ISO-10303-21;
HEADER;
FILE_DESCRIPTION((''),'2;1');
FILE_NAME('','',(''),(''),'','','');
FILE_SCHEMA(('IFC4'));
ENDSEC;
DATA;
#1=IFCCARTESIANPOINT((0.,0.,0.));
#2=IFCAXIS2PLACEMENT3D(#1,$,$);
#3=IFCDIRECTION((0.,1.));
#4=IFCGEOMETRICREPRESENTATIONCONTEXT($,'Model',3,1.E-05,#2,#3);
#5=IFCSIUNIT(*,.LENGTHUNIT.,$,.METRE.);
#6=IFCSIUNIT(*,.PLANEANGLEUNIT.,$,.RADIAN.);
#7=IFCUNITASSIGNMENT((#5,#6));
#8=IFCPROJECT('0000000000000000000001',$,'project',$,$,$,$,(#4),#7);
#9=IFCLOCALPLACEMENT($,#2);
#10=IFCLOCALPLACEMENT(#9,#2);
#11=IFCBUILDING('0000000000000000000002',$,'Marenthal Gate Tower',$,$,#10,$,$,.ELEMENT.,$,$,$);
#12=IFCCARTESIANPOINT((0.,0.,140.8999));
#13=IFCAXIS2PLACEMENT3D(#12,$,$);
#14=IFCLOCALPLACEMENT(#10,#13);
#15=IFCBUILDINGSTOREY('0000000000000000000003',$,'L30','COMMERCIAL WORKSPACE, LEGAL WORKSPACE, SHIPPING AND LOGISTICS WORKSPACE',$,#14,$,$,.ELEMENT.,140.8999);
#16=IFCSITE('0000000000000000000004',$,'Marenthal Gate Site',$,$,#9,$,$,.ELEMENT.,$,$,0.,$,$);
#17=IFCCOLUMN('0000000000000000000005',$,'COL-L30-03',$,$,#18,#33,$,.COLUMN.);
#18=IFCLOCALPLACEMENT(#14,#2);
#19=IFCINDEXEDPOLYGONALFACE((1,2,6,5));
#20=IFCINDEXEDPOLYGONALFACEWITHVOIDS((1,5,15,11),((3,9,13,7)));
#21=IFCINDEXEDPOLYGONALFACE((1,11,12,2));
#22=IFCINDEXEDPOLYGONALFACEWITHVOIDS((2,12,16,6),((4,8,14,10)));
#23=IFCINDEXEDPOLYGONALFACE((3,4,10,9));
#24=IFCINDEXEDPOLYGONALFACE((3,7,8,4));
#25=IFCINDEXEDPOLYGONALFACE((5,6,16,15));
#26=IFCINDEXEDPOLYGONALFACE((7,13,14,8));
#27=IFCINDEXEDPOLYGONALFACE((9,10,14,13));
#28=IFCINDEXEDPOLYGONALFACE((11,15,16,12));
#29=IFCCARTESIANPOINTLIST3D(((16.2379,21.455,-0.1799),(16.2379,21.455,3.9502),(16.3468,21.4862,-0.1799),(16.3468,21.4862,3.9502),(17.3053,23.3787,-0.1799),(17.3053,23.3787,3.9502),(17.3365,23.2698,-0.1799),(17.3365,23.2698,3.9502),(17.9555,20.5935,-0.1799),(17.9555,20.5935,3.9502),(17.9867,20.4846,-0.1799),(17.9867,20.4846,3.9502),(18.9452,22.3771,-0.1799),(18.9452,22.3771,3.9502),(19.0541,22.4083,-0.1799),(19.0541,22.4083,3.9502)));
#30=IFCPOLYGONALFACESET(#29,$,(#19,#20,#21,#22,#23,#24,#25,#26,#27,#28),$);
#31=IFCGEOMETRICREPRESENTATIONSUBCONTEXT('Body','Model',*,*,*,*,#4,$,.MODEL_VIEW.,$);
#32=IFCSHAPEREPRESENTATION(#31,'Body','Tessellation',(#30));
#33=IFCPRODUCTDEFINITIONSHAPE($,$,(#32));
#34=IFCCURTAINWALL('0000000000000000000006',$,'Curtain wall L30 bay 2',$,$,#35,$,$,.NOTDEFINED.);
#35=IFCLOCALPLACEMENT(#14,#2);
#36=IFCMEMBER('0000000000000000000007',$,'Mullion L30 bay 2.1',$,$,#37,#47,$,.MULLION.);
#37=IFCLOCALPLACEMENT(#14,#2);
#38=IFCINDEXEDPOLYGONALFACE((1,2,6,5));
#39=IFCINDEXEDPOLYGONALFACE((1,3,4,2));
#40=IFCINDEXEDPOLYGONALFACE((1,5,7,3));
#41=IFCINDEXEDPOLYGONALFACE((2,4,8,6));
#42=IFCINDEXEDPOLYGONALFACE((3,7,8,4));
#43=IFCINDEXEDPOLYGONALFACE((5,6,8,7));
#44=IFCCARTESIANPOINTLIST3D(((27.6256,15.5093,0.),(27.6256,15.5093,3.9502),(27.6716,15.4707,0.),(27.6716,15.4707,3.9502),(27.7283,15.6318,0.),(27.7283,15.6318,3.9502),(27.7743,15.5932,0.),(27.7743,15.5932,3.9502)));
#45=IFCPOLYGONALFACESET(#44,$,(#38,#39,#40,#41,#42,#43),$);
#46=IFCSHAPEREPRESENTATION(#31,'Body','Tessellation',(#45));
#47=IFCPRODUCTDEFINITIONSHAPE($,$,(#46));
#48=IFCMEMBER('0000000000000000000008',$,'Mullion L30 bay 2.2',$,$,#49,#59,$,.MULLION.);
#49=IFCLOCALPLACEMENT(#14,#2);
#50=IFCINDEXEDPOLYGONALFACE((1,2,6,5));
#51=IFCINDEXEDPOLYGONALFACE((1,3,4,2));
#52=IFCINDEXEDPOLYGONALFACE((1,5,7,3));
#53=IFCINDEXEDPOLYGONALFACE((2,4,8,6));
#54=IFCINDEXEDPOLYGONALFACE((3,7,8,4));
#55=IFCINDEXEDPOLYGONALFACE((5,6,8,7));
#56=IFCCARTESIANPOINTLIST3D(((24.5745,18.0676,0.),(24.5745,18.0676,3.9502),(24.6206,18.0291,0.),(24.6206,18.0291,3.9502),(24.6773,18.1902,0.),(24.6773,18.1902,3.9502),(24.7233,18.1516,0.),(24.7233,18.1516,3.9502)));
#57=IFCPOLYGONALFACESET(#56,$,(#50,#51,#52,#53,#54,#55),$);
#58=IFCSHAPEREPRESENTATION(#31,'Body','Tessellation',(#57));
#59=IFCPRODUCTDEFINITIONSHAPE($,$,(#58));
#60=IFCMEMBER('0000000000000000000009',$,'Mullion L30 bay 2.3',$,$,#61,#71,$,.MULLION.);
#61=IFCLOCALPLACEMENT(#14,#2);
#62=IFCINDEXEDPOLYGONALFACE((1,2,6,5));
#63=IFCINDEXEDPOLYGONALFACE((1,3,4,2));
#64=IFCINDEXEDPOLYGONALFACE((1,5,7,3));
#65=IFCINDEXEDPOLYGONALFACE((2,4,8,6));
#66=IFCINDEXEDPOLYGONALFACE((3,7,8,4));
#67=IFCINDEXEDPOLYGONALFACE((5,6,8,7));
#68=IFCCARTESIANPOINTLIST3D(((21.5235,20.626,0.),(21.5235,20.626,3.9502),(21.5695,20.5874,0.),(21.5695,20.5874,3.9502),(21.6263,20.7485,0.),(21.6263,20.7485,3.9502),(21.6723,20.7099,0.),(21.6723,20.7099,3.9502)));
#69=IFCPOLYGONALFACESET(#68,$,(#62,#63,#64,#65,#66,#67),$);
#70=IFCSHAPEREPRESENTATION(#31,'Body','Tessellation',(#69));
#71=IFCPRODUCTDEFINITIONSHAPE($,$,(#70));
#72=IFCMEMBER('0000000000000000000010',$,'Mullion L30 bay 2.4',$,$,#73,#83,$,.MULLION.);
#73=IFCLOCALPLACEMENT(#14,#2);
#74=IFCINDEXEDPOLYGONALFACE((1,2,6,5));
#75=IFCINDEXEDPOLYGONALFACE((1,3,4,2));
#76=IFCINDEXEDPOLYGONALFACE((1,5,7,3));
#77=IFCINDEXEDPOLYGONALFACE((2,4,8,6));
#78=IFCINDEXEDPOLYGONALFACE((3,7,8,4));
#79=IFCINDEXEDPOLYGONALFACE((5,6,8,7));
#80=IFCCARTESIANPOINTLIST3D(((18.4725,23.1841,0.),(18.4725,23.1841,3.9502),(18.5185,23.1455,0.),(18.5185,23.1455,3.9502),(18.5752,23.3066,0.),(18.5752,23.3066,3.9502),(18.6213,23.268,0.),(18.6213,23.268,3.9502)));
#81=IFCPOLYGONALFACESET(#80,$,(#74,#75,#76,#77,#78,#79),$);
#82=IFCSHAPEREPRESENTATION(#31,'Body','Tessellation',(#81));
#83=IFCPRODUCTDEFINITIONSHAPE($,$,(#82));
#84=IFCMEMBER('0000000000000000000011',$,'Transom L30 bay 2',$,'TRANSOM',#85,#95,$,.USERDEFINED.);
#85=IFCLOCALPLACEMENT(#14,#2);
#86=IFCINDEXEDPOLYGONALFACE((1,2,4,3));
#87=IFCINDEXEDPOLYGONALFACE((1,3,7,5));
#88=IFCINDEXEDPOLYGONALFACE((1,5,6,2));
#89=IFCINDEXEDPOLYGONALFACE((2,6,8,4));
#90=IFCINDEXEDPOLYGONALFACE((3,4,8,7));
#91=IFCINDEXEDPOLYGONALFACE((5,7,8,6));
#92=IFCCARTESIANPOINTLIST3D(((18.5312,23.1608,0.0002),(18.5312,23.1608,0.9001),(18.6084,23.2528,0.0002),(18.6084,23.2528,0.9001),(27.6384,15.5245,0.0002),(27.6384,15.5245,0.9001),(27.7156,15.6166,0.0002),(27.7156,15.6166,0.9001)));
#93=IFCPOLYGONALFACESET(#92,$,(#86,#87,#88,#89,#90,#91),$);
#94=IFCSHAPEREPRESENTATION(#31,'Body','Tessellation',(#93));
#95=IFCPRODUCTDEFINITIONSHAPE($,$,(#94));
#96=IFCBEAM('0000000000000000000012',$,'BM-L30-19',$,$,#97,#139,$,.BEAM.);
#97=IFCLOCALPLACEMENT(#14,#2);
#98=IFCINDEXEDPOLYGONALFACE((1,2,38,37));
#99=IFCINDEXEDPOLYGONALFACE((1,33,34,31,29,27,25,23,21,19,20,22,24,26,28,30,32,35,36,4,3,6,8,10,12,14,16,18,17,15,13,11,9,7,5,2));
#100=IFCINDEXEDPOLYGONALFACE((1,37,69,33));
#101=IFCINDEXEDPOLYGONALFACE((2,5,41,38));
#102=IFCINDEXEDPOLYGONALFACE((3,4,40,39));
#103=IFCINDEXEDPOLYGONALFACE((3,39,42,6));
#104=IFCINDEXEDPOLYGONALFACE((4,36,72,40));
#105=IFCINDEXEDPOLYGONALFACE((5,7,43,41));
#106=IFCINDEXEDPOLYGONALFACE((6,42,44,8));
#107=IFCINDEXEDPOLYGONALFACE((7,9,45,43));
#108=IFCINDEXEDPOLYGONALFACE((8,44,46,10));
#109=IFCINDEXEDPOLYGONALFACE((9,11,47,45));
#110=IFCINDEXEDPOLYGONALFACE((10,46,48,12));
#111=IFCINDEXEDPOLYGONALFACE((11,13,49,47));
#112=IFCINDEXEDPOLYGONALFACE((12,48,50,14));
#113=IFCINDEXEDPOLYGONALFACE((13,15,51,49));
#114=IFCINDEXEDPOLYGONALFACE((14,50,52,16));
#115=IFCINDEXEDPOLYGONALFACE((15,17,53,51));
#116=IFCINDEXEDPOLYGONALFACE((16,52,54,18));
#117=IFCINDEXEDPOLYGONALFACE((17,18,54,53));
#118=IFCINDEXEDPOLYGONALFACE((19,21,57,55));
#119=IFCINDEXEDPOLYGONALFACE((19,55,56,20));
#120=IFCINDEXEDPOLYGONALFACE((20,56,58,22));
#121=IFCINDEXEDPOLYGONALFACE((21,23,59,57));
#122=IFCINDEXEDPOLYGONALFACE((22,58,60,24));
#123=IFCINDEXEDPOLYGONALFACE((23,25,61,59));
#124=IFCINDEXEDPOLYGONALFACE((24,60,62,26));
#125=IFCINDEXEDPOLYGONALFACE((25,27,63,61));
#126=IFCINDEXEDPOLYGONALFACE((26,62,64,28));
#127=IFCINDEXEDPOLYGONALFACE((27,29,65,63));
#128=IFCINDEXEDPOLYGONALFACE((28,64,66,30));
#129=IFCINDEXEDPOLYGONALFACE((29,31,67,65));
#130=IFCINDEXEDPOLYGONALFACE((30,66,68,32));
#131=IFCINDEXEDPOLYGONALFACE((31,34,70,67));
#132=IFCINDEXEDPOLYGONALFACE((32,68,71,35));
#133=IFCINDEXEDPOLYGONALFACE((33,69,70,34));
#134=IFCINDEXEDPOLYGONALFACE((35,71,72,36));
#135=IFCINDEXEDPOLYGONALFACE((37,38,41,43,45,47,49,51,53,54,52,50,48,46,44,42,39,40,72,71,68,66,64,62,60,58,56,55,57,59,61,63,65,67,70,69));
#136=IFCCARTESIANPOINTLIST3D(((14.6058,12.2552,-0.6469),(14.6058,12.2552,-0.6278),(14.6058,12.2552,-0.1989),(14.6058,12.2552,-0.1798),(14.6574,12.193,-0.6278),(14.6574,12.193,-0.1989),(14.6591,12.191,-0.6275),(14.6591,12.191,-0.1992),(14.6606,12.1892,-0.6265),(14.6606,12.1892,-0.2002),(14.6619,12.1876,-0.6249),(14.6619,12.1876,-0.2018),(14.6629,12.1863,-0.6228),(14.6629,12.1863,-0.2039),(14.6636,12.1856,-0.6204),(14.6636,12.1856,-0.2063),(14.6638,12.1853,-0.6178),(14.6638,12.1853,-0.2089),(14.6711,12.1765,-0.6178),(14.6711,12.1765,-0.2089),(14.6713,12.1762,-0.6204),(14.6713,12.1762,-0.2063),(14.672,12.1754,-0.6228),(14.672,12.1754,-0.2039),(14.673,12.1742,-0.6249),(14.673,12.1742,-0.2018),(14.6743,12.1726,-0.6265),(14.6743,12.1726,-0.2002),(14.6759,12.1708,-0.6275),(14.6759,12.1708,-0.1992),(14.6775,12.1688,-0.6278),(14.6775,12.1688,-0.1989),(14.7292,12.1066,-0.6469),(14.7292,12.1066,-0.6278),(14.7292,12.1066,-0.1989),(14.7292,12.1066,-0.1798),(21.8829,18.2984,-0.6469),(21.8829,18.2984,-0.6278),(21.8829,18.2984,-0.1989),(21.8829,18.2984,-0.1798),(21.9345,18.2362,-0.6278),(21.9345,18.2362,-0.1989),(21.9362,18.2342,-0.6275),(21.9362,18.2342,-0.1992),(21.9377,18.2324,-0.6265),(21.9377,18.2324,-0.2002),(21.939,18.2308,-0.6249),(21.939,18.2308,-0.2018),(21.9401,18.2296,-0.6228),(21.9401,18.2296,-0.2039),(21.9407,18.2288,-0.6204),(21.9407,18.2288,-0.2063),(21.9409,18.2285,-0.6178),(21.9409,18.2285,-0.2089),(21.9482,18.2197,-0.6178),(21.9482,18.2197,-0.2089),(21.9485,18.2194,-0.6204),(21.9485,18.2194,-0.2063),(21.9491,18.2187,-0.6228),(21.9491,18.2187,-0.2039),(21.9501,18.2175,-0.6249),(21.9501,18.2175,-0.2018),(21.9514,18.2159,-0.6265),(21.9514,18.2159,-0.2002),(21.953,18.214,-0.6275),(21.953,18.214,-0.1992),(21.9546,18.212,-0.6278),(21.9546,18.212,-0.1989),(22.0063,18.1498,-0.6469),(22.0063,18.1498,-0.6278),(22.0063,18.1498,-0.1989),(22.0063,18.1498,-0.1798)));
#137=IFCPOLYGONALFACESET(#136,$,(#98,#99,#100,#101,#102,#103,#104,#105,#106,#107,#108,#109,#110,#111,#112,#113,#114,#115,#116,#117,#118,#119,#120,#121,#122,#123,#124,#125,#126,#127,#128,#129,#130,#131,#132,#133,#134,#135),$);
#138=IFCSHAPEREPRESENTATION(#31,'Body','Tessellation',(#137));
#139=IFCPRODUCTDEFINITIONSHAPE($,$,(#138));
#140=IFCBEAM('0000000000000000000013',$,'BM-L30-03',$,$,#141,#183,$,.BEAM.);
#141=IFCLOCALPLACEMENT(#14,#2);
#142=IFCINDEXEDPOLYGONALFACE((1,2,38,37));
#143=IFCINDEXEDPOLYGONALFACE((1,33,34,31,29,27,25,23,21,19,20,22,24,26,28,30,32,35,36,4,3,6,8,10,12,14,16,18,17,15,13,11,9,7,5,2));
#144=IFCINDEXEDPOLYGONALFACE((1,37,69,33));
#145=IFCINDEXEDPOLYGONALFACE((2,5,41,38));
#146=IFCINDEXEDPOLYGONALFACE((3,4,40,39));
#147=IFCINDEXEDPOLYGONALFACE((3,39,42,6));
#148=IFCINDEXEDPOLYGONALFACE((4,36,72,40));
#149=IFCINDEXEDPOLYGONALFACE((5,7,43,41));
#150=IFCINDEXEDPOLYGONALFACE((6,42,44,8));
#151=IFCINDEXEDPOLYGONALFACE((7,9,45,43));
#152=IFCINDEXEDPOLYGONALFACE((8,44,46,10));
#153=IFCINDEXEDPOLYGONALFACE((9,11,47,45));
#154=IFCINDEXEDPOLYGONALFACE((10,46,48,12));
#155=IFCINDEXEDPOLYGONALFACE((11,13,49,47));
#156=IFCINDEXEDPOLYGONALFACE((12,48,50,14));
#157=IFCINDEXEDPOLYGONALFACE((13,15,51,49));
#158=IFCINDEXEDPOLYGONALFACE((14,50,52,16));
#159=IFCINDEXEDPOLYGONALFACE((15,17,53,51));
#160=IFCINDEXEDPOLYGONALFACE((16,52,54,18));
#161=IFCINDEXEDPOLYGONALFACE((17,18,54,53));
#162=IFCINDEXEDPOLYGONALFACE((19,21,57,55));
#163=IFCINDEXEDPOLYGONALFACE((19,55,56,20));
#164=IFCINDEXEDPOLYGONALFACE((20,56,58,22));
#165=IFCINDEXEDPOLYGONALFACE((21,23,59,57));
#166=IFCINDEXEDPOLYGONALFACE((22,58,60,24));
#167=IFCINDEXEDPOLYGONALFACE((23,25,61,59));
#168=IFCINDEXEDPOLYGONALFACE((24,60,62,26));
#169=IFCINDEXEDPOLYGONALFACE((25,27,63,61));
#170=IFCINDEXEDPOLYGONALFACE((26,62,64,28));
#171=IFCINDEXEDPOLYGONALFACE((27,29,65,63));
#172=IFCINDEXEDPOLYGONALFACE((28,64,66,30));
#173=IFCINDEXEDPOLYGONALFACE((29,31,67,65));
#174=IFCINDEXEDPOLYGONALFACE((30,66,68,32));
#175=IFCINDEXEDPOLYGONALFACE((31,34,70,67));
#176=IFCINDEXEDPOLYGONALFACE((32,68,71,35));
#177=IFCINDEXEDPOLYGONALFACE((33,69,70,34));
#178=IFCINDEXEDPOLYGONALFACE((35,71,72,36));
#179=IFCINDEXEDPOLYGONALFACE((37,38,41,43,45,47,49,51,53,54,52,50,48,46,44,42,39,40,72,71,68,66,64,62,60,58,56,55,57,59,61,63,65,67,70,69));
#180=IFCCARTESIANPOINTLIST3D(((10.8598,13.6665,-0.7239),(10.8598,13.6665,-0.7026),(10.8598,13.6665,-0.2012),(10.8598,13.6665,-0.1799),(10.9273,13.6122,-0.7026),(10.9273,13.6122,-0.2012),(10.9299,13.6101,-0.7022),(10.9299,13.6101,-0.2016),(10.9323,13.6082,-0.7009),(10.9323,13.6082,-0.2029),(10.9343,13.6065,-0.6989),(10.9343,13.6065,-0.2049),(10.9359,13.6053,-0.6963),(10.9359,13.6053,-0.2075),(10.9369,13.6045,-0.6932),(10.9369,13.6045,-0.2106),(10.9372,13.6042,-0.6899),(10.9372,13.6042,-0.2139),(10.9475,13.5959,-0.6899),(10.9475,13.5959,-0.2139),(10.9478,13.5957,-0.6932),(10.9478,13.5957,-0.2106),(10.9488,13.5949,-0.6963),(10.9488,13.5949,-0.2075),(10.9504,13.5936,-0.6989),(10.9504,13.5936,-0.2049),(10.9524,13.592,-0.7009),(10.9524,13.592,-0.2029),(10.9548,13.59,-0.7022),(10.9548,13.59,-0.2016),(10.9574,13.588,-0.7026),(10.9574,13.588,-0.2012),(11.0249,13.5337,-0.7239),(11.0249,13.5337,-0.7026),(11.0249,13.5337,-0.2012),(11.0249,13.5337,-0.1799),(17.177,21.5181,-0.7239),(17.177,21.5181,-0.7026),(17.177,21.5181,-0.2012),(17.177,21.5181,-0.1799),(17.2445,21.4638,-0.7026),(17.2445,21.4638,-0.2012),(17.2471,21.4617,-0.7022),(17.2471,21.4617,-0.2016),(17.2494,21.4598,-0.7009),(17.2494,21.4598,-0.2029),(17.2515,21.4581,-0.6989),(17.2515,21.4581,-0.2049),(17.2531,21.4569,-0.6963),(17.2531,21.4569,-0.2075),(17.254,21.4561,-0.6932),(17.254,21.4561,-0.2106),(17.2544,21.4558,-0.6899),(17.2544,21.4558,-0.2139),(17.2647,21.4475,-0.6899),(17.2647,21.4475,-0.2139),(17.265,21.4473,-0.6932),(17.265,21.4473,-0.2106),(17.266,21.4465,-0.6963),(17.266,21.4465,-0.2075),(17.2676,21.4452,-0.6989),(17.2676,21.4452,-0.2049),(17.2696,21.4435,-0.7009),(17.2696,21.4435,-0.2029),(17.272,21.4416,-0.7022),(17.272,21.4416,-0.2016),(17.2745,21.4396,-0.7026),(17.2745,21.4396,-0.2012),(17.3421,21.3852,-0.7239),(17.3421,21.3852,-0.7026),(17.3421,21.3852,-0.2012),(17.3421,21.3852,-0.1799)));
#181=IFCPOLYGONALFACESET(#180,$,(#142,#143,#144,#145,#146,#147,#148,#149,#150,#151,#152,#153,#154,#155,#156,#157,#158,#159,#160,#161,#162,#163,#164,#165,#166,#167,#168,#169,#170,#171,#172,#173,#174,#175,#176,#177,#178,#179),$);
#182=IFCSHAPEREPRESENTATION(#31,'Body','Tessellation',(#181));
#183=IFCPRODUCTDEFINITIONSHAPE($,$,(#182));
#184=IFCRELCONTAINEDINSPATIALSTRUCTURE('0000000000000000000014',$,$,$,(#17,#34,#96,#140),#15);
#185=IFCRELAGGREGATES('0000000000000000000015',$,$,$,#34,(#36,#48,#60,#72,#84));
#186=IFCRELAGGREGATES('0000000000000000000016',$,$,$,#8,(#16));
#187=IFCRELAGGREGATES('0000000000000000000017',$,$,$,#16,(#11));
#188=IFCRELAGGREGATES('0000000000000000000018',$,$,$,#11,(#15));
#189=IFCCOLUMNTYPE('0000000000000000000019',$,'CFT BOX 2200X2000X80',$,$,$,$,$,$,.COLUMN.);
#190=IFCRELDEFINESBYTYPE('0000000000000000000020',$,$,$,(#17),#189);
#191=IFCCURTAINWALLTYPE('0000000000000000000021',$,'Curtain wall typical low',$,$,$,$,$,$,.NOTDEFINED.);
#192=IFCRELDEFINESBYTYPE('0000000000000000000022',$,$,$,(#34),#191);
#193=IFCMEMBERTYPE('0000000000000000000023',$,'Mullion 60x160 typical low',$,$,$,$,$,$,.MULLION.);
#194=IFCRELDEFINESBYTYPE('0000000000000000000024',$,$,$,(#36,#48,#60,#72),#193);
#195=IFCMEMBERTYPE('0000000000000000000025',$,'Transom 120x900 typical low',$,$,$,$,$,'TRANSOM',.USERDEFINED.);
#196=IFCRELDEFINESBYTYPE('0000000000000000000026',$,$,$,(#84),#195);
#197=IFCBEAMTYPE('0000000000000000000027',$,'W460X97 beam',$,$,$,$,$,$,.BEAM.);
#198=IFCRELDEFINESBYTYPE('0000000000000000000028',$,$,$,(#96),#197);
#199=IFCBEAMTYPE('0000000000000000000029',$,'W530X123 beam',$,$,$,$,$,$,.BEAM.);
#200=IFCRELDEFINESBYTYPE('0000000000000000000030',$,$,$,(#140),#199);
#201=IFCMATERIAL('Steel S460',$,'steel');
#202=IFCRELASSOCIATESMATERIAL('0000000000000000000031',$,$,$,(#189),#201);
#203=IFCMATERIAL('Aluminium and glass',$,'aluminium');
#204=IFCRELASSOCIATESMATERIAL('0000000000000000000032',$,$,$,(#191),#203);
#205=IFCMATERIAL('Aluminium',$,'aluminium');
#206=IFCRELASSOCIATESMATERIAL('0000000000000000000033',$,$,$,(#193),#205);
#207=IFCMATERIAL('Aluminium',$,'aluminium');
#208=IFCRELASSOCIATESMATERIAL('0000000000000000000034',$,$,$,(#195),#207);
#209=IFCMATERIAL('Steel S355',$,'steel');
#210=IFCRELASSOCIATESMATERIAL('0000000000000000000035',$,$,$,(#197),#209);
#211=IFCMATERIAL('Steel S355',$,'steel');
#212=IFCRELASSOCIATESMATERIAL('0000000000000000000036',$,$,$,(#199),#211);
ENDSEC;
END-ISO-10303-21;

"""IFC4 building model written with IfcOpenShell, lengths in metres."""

from ifc_helpers import new_model, si_unit, direction, frame, origin, origin_2d, place, context, subcontext, project, spatial, rectangle, hollow_rectangle, i_section, extrude, material, material_profile, profile_set, type_object, element, aggregate, save


model = new_model("IFC4")

# Units and contexts
model_context = context("Model", 3, precision=1e-05, world=origin(), true_north=direction((0.0, 1.0)))
body_context = subcontext(model_context, "Body", "Model", "MODEL_VIEW")
ifc_project = project(units=[si_unit("LENGTHUNIT", "METRE"), si_unit("PLANEANGLEUNIT", "RADIAN")], contexts=[model_context])

# Site, building, storey
site_placement = place(None, origin())
site = spatial("IfcSite", under=ifc_project, at=site_placement, Name="Marenthal Gate Site", CompositionType="ELEMENT", RefElevation=0.0)
building_placement = place(site_placement, origin())
building = spatial("IfcBuilding", under=site, at=building_placement, Name="Marenthal Gate Tower", CompositionType="ELEMENT")
storey_placement = place(building_placement, frame((0.0, 0.0, 140.8999)))
storey = spatial("IfcBuildingStorey", under=building, at=storey_placement, Name="L30", Description="COMMERCIAL WORKSPACE, LEGAL WORKSPACE, SHIPPING AND LOGISTICS WORKSPACE", CompositionType="ELEMENT", Elevation=140.8999)

# Column
ifc_material_1 = material(Name="Steel S460", Category="steel")
ifc_material_profile_1 = material_profile(ifc_material_1, hollow_rectangle(XDim=2.0, YDim=2.2, WallThickness=0.0801, at=origin_2d()), Name="CFT BOX 2200X2000X80")
ifc_material_2 = material(Name="Concrete 70 MPa", Category="concrete")
ifc_material_profile_2 = material_profile(ifc_material_2, rectangle(XDim=1.8401, YDim=2.04, at=origin_2d()), Name="CFT BOX 2200X2000X80 INFILL")
ifc_profile_set_1 = profile_set([ifc_material_profile_1, ifc_material_profile_2], Name="Steel S460 shell, Concrete 70 MPa infill")
column_type = type_object("IfcColumnType", Name="CFT BOX 2200X2000X80", PredefinedType="COLUMN", material=ifc_profile_set_1)
column_placement = place(storey_placement, frame((17.646, 21.9316, -0.1799), z_axis=(0.0, 0.0, 1.0), x_axis=(0.874403, -0.4852, 0.0)))
element("IfcColumn", 1, at=column_placement, inside=storey, type_object=column_type, Name="COL-L30-03", PredefinedType="COLUMN", context=body_context, shape_type="SweptSolid", body=[
    extrude(hollow_rectangle(XDim=2.0, YDim=2.2, WallThickness=0.0801, at=origin_2d()), origin(), (0.0, 0.0, 1.0), 4.1301),
])

# Curtain wall, members
ifc_material_3 = material(Name="Aluminium and glass", Category="aluminium")
curtain_wall_type = type_object("IfcCurtainWallType", Name="Curtain wall typical low", PredefinedType="NOTDEFINED", material=ifc_material_3)
curtain_wall_placement = place(storey_placement, origin())
curtain_wall = element("IfcCurtainWall", 2, at=curtain_wall_placement, inside=storey, type_object=curtain_wall_type, Name="Curtain wall L30 bay 2", PredefinedType="NOTDEFINED")
ifc_material_4 = material(Name="Aluminium", Category="aluminium")
ifc_material_profile_3 = material_profile(ifc_material_4, rectangle(XDim=0.1599, YDim=0.0601, at=origin_2d()), Name="60x160 aluminium mullion")
ifc_profile_set_2 = profile_set([ifc_material_profile_3], Name="Aluminium")
member_type_1 = type_object("IfcMemberType", Name="Mullion 60x160 typical low", PredefinedType="MULLION", material=ifc_profile_set_2)
member_1_placement = place(storey_placement, frame((27.7, 15.5513, 0.0), z_axis=(0.0, 0.0, 1.0), x_axis=(-0.642511, -0.766277, 0.0)))
member_1 = element("IfcMember", 3, at=member_1_placement, type_object=member_type_1, Name="Mullion L30 bay 2.1", PredefinedType="MULLION", context=body_context, shape_type="SweptSolid", body=[
    extrude(rectangle(XDim=0.1599, YDim=0.0601, at=origin_2d()), origin(), (0.0, 0.0, 1.0), 3.9502),
])
member_2_placement = place(storey_placement, frame((24.6489, 18.1096, 0.0), z_axis=(0.0, 0.0, 1.0), x_axis=(-0.642511, -0.766277, 0.0)))
member_2 = element("IfcMember", 4, at=member_2_placement, type_object=member_type_1, Name="Mullion L30 bay 2.2", PredefinedType="MULLION", context=body_context, shape_type="SweptSolid", body=[
    extrude(rectangle(XDim=0.1599, YDim=0.0601, at=origin_2d()), origin(), (0.0, 0.0, 1.0), 3.9502),
])
member_3_placement = place(storey_placement, frame((21.5979, 20.668, 0.0), z_axis=(0.0, 0.0, 1.0), x_axis=(-0.642511, -0.766277, 0.0)))
member_3 = element("IfcMember", 5, at=member_3_placement, type_object=member_type_1, Name="Mullion L30 bay 2.3", PredefinedType="MULLION", context=body_context, shape_type="SweptSolid", body=[
    extrude(rectangle(XDim=0.1599, YDim=0.0601, at=origin_2d()), origin(), (0.0, 0.0, 1.0), 3.9502),
])
member_4_placement = place(storey_placement, frame((18.5469, 23.2261, 0.0), z_axis=(0.0, 0.0, 1.0), x_axis=(-0.642511, -0.766277, 0.0)))
member_4 = element("IfcMember", 6, at=member_4_placement, type_object=member_type_1, Name="Mullion L30 bay 2.4", PredefinedType="MULLION", context=body_context, shape_type="SweptSolid", body=[
    extrude(rectangle(XDim=0.1599, YDim=0.0601, at=origin_2d()), origin(), (0.0, 0.0, 1.0), 3.9502),
])
ifc_material_5 = material(Name="Aluminium", Category="aluminium")
ifc_material_profile_4 = material_profile(ifc_material_5, rectangle(XDim=0.1201, YDim=0.8999, at=origin_2d()), Name="120x900 aluminium transom")
ifc_profile_set_3 = profile_set([ifc_material_profile_4], Name="Aluminium")
member_type_2 = type_object("IfcMemberType", Name="Transom 120x900 typical low", ElementType="TRANSOM", PredefinedType="USERDEFINED", material=ifc_profile_set_3)
member_5_placement = place(storey_placement, frame((27.677, 15.5706, 0.4502), z_axis=(-0.766276, 0.642511, 0.0), x_axis=(-0.642511, -0.766276, 0.0)))
member_5 = element("IfcMember", 7, at=member_5_placement, type_object=member_type_2, Name="Transom L30 bay 2", ObjectType="TRANSOM", PredefinedType="USERDEFINED", context=body_context, shape_type="SweptSolid", body=[
    extrude(rectangle(XDim=0.1201, YDim=0.8999, at=origin_2d()), origin(), (0.0, 0.0, 1.0), 11.885),
])

# Beams
ifc_material_6 = material(Name="Steel S355", Category="steel")
ifc_material_profile_5 = material_profile(ifc_material_6, i_section(OverallWidth=0.1931, OverallDepth=0.467, WebThickness=0.0115, FlangeThickness=0.019, FilletRadius=0.01, at=origin_2d()), Name="W460X97")
ifc_profile_set_4 = profile_set([ifc_material_profile_5], Name="Steel S355")
beam_type_1 = type_object("IfcBeamType", Name="W460X97 beam", PredefinedType="BEAM", material=ifc_profile_set_4)
beam_1_placement = place(storey_placement, frame((21.9446, 18.2241, -0.4133), z_axis=(-0.769314, -0.638871, 0.0), x_axis=(0.638871, -0.769314, 0.0)))
element("IfcBeam", 8, at=beam_1_placement, inside=storey, type_object=beam_type_1, Name="BM-L30-19", PredefinedType="BEAM", context=body_context, shape_type="SweptSolid", body=[
    extrude(i_section(OverallWidth=0.1931, OverallDepth=0.467, WebThickness=0.0115, FlangeThickness=0.019, FilletRadius=0.01, at=origin_2d()), origin(), (0.0, 0.0, 1.0), 9.4592),
])
ifc_material_7 = material(Name="Steel S355", Category="steel")
ifc_material_profile_6 = material_profile(ifc_material_7, i_section(OverallWidth=0.2119, OverallDepth=0.5439, WebThickness=0.0132, FlangeThickness=0.0212, FilletRadius=0.0127, at=origin_2d()), Name="W530X123")
ifc_profile_set_5 = profile_set([ifc_material_profile_6], Name="Steel S355")
beam_type_2 = type_object("IfcBeamType", Name="W530X123 beam", PredefinedType="BEAM", material=ifc_profile_set_5)
beam_2_placement = place(storey_placement, frame((17.2595, 21.4517, -0.4519), z_axis=(-0.626864, -0.779129, 0.0), x_axis=(0.779129, -0.626864, 0.0)))
element("IfcBeam", 9, at=beam_2_placement, inside=storey, type_object=beam_type_2, Name="BM-L30-03", PredefinedType="BEAM", context=body_context, shape_type="SweptSolid", body=[
    extrude(i_section(OverallWidth=0.2119, OverallDepth=0.5439, WebThickness=0.0132, FlangeThickness=0.0212, FilletRadius=0.0127, at=origin_2d()), origin(), (0.0, 0.0, 1.0), 10.0774),
])

aggregate(curtain_wall, [member_1, member_2, member_3, member_4, member_5])

save(model, "model.ifc")
